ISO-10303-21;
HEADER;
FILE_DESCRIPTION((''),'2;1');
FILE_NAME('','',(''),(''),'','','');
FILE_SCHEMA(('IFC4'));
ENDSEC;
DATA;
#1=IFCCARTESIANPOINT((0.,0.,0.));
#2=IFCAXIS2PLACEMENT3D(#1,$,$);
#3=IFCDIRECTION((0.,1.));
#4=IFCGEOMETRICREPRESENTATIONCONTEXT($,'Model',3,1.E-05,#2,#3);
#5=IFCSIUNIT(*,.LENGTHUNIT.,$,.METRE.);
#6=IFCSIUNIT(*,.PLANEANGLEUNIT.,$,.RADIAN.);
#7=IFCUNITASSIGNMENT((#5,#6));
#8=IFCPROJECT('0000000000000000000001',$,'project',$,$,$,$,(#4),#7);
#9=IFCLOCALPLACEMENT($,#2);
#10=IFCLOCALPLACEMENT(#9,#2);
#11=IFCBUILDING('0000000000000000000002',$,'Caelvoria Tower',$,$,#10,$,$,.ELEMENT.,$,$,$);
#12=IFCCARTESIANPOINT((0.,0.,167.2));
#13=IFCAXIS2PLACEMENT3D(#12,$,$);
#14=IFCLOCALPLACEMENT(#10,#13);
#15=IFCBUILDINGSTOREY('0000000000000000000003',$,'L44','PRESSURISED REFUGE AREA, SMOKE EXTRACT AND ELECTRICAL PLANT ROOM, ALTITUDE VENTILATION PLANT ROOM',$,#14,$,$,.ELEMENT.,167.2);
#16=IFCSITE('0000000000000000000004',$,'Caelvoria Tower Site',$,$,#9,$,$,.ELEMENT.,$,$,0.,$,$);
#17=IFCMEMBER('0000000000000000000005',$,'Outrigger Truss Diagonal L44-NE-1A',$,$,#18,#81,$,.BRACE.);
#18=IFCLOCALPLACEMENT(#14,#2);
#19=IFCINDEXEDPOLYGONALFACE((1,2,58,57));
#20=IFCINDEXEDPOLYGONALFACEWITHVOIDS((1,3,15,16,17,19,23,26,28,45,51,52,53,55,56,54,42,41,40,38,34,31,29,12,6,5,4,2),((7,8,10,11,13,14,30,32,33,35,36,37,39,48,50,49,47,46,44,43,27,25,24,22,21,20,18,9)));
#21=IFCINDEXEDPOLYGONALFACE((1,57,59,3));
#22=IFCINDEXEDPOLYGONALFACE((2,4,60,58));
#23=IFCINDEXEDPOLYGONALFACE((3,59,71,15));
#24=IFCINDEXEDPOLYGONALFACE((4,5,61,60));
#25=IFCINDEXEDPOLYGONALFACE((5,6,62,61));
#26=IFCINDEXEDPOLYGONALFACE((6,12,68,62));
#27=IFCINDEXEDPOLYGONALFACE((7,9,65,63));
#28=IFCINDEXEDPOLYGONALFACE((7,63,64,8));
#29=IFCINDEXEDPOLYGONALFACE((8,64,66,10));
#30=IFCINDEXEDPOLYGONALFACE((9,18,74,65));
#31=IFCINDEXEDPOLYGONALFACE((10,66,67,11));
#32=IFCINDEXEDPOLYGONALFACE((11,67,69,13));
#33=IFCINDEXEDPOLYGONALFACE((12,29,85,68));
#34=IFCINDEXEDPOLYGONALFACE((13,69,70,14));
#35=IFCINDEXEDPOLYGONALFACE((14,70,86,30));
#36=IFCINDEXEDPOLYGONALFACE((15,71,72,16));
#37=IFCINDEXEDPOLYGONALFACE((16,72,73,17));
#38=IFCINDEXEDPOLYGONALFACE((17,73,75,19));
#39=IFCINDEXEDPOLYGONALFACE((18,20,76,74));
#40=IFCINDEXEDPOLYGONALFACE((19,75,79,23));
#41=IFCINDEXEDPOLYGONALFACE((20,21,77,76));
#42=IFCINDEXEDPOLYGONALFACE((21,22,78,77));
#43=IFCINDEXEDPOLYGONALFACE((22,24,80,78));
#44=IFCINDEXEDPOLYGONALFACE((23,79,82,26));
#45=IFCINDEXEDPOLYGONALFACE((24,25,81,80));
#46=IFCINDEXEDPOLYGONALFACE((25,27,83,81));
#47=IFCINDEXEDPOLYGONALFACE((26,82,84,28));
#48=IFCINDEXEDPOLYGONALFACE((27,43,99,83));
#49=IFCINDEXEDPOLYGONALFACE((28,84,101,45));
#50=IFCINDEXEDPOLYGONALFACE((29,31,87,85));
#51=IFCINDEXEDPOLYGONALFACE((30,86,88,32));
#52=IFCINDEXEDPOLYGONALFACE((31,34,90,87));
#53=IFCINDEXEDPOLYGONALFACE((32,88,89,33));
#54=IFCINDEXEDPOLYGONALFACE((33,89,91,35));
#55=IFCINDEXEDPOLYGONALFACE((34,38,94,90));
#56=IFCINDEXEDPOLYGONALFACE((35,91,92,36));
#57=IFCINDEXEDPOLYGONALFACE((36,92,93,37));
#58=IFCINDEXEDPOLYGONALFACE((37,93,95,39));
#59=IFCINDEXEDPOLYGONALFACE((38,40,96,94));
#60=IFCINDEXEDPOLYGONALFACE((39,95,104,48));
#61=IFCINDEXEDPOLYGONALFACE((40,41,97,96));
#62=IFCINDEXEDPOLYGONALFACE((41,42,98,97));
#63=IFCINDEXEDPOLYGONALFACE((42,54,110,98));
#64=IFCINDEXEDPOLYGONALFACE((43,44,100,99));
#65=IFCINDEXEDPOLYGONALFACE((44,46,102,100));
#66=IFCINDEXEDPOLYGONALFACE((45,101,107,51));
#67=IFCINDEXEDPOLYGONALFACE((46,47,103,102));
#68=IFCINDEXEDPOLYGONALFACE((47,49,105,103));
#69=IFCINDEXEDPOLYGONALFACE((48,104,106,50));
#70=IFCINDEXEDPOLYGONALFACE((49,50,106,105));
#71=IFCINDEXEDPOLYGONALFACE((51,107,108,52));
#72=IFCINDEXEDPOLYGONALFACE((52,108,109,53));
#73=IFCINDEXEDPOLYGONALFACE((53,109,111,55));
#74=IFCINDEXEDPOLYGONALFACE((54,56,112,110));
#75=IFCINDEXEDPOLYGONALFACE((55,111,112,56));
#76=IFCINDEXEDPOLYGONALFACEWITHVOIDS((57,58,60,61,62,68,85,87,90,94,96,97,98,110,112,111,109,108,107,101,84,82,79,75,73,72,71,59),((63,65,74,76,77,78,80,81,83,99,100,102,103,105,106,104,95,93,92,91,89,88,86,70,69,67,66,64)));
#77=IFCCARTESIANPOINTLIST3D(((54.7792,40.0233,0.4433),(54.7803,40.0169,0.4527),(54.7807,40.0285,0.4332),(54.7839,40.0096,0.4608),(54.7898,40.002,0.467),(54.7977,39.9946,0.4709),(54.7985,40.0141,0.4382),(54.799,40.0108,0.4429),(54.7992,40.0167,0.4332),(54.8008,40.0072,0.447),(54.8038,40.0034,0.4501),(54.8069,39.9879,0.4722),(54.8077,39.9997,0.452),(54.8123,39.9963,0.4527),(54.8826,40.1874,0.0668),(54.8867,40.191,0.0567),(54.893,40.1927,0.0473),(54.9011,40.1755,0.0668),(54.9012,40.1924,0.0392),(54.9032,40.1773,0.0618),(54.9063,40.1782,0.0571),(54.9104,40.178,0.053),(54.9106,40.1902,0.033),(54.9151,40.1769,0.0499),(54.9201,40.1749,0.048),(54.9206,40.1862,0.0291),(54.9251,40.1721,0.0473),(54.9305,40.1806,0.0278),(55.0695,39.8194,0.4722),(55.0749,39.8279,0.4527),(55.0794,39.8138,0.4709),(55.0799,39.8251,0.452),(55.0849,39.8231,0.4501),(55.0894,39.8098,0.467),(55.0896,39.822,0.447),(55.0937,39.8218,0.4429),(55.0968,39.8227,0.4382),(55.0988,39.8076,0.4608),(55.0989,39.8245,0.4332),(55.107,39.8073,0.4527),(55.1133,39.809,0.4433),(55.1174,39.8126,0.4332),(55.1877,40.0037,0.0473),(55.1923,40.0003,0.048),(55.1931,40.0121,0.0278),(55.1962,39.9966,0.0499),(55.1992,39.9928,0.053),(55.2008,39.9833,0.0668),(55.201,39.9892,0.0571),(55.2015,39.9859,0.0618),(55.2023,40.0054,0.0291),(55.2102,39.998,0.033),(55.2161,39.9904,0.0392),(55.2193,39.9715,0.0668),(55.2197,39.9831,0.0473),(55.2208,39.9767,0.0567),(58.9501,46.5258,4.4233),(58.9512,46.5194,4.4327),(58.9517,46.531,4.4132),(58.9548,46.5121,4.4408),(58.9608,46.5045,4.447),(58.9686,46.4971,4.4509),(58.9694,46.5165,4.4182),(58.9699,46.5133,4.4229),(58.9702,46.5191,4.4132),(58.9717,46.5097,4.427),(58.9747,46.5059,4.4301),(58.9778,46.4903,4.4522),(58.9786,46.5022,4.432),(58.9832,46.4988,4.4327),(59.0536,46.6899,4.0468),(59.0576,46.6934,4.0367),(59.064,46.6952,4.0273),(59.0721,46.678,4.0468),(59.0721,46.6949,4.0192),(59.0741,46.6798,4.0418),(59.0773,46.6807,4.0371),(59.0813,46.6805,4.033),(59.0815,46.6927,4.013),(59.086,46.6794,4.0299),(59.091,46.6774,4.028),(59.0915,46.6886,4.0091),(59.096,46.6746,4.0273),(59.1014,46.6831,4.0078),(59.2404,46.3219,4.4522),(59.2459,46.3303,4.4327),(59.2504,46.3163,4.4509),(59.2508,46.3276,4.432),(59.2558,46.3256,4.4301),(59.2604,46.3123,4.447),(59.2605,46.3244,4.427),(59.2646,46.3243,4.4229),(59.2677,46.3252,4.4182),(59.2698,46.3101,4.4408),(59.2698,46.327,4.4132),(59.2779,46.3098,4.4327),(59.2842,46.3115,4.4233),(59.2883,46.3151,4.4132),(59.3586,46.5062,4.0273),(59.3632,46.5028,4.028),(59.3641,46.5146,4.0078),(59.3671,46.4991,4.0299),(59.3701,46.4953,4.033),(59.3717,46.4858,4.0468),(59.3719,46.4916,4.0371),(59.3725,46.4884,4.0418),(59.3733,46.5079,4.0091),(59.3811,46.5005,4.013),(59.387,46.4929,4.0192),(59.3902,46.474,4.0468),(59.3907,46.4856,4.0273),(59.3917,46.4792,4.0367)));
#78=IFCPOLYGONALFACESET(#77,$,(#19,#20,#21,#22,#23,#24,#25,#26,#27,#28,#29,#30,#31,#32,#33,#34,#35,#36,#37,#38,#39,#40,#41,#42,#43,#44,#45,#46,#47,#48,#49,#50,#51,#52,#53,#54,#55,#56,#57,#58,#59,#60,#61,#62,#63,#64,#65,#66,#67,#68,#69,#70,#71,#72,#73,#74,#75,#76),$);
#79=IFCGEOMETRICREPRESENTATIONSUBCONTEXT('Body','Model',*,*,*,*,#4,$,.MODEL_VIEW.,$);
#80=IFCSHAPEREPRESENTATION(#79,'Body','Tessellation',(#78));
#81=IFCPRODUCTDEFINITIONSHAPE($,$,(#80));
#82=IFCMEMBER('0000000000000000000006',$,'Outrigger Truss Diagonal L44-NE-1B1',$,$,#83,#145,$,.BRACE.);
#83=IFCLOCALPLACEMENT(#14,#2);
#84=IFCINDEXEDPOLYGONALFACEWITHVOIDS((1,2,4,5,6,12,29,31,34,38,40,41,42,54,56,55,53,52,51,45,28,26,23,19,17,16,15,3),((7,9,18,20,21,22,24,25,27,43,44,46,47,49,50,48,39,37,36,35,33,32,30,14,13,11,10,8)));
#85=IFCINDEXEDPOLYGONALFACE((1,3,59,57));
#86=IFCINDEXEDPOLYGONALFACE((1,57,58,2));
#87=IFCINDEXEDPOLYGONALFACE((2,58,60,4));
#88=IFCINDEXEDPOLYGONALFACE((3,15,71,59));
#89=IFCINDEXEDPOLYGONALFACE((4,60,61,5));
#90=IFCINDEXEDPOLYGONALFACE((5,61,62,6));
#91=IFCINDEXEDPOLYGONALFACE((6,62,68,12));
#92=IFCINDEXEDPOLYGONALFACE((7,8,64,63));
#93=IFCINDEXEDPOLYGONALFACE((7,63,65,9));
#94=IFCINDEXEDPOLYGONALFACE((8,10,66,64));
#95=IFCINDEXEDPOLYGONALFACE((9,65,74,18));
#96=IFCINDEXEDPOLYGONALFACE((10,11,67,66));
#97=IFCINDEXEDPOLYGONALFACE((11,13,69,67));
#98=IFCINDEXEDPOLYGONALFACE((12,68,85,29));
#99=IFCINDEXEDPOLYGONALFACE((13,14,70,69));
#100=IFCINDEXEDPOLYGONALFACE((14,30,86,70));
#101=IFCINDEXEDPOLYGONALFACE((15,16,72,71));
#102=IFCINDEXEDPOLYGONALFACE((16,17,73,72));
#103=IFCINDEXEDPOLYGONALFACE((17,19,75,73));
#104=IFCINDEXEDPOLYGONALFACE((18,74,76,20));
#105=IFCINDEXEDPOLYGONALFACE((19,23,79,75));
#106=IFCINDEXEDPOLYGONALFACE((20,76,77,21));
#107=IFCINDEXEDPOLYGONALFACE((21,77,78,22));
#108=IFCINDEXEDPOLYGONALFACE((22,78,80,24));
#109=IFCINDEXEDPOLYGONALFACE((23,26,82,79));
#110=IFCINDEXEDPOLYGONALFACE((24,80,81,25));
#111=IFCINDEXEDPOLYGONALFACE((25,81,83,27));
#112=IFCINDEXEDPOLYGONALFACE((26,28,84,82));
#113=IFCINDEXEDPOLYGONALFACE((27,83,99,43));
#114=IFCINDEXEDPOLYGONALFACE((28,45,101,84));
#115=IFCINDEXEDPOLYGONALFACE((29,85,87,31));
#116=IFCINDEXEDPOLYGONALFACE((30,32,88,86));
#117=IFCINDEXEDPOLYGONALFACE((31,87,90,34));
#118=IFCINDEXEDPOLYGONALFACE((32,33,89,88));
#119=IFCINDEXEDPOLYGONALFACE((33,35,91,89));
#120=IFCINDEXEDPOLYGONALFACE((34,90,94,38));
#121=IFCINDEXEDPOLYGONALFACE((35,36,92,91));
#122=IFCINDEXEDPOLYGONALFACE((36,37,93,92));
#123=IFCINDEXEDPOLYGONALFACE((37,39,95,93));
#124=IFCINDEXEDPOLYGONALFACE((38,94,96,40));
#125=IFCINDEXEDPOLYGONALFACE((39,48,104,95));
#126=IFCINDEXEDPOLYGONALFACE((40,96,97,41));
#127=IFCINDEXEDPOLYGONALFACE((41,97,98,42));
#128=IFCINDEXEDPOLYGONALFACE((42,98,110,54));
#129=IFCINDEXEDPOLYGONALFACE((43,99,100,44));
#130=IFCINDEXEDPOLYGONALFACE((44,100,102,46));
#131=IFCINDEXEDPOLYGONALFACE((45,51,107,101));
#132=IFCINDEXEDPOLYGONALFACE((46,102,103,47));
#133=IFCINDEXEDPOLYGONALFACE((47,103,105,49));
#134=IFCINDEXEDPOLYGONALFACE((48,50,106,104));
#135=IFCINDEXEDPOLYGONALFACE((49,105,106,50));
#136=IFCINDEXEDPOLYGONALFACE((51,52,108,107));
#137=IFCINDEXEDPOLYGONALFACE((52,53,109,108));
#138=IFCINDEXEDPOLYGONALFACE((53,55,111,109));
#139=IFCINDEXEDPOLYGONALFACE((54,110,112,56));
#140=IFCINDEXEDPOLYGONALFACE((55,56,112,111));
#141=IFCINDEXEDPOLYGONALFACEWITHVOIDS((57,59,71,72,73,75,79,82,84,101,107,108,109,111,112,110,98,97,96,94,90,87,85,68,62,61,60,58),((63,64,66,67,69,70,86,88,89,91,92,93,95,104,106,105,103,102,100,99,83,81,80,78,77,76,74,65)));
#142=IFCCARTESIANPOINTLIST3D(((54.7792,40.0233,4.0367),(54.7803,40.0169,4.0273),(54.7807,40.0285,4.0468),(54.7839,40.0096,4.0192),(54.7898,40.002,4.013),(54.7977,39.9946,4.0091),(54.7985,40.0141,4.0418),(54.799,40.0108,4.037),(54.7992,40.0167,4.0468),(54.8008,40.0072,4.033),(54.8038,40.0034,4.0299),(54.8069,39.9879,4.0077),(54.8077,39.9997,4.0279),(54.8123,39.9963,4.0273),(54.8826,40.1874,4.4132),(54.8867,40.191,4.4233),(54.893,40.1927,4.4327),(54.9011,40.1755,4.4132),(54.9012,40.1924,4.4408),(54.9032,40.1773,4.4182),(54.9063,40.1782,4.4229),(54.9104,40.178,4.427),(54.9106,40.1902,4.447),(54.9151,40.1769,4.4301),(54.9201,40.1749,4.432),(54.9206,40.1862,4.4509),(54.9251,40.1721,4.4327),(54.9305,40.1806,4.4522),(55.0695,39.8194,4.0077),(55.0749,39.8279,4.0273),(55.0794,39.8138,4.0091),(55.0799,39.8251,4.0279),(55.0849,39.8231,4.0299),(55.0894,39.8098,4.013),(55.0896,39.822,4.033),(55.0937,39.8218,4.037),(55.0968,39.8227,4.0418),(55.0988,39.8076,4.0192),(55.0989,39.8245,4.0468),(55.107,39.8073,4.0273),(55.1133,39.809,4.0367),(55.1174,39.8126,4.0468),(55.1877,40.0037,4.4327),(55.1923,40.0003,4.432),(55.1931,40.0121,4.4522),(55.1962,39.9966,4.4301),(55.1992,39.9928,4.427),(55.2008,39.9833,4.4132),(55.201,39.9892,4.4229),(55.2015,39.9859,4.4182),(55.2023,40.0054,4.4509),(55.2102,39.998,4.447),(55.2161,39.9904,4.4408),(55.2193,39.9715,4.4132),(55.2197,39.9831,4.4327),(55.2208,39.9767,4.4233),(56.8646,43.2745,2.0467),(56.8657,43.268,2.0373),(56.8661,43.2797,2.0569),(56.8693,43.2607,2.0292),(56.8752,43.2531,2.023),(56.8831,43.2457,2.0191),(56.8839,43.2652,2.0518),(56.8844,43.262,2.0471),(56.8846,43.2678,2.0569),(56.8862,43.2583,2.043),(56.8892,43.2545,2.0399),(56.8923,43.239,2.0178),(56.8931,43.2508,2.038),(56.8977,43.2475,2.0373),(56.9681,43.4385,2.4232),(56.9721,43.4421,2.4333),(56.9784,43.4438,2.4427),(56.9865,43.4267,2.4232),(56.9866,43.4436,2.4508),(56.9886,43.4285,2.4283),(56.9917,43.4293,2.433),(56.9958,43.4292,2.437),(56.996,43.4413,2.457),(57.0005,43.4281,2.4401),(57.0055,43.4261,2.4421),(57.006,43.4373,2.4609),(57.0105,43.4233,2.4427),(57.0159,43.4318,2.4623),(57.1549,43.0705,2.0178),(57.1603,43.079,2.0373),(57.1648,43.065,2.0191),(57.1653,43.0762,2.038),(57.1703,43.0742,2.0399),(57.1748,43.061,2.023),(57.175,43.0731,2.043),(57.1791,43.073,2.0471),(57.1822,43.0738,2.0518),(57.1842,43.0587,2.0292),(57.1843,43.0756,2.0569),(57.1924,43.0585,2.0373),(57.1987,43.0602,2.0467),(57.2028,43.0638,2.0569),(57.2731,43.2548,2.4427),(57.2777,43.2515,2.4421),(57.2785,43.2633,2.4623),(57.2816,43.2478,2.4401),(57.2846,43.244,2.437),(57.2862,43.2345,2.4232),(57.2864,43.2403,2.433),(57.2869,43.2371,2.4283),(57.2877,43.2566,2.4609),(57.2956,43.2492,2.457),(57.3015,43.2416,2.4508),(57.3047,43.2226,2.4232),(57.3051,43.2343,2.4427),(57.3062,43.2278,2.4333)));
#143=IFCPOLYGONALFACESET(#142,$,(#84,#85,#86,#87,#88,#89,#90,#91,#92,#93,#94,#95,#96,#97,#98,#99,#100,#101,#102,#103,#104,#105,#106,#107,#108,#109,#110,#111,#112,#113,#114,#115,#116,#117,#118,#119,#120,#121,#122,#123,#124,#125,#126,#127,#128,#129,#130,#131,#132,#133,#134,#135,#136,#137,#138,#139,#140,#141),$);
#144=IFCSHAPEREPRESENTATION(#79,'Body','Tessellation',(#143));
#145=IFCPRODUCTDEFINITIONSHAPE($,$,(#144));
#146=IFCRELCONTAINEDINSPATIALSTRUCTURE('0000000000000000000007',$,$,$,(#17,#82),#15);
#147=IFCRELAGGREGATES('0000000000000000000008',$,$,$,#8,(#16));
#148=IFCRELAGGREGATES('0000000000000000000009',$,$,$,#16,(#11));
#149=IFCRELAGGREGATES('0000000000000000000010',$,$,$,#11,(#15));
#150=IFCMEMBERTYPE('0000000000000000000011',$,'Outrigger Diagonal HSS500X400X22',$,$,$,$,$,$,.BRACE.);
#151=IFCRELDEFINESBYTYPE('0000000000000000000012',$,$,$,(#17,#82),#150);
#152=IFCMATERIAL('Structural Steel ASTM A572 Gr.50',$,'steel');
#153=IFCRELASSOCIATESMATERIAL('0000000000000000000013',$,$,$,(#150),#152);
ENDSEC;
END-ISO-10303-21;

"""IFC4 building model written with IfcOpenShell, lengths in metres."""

from ifc_helpers import new_model, si_unit, direction, frame, origin, origin_2d, place, context, subcontext, project, spatial, hollow_rectangle, extrude, material, material_profile, profile_set, type_object, element, save


model = new_model("IFC4")

# Units and contexts
model_context = context("Model", 3, precision=1e-05, world=origin(), true_north=direction((0.0, 1.0)))
body_context = subcontext(model_context, "Body", "Model", "MODEL_VIEW")
ifc_project = project(units=[si_unit("LENGTHUNIT", "METRE"), si_unit("PLANEANGLEUNIT", "RADIAN")], contexts=[model_context])

# Site, building, storey
site_placement = place(None, origin())
site = spatial("IfcSite", under=ifc_project, at=site_placement, Name="Caelvoria Tower Site", CompositionType="ELEMENT", RefElevation=0.0)
building_placement = place(site_placement, origin())
building = spatial("IfcBuilding", under=site, at=building_placement, Name="Caelvoria Tower", CompositionType="ELEMENT")
storey_placement = place(building_placement, frame((0.0, 0.0, 167.2)))
storey = spatial("IfcBuildingStorey", under=building, at=storey_placement, Name="L44", Description="PRESSURISED REFUGE AREA, SMOKE EXTRACT AND ELECTRICAL PLANT ROOM, ALTITUDE VENTILATION PLANT ROOM", CompositionType="ELEMENT", Elevation=167.2)

# Shared definitions
ifc_material_1 = material(Name="Structural Steel ASTM A572 Gr.50", Category="steel")

# Members
ifc_material_profile_1 = material_profile(ifc_material_1, hollow_rectangle(XDim=0.3999, YDim=0.5, WallThickness=0.022, InnerFilletRadius=0.022, OuterFilletRadius=0.0439, at=origin_2d()), Name="Structural Steel ASTM A572 Gr.50")
ifc_profile_set_1 = profile_set([ifc_material_profile_1], Name="HSS500X400X22 - Structural Steel ASTM A572 Gr.50")
member_type_1 = type_object("IfcMemberType", Name="Outrigger Diagonal HSS500X400X22", PredefinedType="BRACE", material=ifc_profile_set_1)
member_1_placement = place(storey_placement, frame((55.0, 40.0, 0.25), z_axis=(0.479958, 0.748256, 0.457989), x_axis=(-0.841722, 0.539911, 0.0)))
element("IfcMember", 1, at=member_1_placement, inside=storey, type_object=member_type_1, Name="Outrigger Truss Diagonal L44-NE-1A", PredefinedType="BRACE", context=body_context, shape_type="SweptSolid", body=[
    extrude(hollow_rectangle(XDim=0.3999, YDim=0.5, WallThickness=0.022, InnerFilletRadius=0.022, OuterFilletRadius=0.0439, at=origin_2d()), origin(), (0.0, 0.0, 1.0), 8.6902),
])
for number, where, z_axis, x_axis, name in (
    (2, (55.0, 40.0, 4.23), (0.479958, 0.748256, -0.457989), (-0.841722, 0.539911, 0.0), "Outrigger Truss Diagonal L44-NE-1B1"),
):
    element("IfcMember", number, at=place(storey_placement, frame(where, z_axis=z_axis, x_axis=x_axis)), inside=storey, type_object=member_type_1, Name=name, PredefinedType="BRACE", context=body_context, shape_type="SweptSolid", body=[
        extrude(hollow_rectangle(XDim=0.3999, YDim=0.5, WallThickness=0.022, InnerFilletRadius=0.022, OuterFilletRadius=0.0439, at=origin_2d()), origin(), (0.0, 0.0, 1.0), 4.345),
    ])

save(model, "model.ifc")
